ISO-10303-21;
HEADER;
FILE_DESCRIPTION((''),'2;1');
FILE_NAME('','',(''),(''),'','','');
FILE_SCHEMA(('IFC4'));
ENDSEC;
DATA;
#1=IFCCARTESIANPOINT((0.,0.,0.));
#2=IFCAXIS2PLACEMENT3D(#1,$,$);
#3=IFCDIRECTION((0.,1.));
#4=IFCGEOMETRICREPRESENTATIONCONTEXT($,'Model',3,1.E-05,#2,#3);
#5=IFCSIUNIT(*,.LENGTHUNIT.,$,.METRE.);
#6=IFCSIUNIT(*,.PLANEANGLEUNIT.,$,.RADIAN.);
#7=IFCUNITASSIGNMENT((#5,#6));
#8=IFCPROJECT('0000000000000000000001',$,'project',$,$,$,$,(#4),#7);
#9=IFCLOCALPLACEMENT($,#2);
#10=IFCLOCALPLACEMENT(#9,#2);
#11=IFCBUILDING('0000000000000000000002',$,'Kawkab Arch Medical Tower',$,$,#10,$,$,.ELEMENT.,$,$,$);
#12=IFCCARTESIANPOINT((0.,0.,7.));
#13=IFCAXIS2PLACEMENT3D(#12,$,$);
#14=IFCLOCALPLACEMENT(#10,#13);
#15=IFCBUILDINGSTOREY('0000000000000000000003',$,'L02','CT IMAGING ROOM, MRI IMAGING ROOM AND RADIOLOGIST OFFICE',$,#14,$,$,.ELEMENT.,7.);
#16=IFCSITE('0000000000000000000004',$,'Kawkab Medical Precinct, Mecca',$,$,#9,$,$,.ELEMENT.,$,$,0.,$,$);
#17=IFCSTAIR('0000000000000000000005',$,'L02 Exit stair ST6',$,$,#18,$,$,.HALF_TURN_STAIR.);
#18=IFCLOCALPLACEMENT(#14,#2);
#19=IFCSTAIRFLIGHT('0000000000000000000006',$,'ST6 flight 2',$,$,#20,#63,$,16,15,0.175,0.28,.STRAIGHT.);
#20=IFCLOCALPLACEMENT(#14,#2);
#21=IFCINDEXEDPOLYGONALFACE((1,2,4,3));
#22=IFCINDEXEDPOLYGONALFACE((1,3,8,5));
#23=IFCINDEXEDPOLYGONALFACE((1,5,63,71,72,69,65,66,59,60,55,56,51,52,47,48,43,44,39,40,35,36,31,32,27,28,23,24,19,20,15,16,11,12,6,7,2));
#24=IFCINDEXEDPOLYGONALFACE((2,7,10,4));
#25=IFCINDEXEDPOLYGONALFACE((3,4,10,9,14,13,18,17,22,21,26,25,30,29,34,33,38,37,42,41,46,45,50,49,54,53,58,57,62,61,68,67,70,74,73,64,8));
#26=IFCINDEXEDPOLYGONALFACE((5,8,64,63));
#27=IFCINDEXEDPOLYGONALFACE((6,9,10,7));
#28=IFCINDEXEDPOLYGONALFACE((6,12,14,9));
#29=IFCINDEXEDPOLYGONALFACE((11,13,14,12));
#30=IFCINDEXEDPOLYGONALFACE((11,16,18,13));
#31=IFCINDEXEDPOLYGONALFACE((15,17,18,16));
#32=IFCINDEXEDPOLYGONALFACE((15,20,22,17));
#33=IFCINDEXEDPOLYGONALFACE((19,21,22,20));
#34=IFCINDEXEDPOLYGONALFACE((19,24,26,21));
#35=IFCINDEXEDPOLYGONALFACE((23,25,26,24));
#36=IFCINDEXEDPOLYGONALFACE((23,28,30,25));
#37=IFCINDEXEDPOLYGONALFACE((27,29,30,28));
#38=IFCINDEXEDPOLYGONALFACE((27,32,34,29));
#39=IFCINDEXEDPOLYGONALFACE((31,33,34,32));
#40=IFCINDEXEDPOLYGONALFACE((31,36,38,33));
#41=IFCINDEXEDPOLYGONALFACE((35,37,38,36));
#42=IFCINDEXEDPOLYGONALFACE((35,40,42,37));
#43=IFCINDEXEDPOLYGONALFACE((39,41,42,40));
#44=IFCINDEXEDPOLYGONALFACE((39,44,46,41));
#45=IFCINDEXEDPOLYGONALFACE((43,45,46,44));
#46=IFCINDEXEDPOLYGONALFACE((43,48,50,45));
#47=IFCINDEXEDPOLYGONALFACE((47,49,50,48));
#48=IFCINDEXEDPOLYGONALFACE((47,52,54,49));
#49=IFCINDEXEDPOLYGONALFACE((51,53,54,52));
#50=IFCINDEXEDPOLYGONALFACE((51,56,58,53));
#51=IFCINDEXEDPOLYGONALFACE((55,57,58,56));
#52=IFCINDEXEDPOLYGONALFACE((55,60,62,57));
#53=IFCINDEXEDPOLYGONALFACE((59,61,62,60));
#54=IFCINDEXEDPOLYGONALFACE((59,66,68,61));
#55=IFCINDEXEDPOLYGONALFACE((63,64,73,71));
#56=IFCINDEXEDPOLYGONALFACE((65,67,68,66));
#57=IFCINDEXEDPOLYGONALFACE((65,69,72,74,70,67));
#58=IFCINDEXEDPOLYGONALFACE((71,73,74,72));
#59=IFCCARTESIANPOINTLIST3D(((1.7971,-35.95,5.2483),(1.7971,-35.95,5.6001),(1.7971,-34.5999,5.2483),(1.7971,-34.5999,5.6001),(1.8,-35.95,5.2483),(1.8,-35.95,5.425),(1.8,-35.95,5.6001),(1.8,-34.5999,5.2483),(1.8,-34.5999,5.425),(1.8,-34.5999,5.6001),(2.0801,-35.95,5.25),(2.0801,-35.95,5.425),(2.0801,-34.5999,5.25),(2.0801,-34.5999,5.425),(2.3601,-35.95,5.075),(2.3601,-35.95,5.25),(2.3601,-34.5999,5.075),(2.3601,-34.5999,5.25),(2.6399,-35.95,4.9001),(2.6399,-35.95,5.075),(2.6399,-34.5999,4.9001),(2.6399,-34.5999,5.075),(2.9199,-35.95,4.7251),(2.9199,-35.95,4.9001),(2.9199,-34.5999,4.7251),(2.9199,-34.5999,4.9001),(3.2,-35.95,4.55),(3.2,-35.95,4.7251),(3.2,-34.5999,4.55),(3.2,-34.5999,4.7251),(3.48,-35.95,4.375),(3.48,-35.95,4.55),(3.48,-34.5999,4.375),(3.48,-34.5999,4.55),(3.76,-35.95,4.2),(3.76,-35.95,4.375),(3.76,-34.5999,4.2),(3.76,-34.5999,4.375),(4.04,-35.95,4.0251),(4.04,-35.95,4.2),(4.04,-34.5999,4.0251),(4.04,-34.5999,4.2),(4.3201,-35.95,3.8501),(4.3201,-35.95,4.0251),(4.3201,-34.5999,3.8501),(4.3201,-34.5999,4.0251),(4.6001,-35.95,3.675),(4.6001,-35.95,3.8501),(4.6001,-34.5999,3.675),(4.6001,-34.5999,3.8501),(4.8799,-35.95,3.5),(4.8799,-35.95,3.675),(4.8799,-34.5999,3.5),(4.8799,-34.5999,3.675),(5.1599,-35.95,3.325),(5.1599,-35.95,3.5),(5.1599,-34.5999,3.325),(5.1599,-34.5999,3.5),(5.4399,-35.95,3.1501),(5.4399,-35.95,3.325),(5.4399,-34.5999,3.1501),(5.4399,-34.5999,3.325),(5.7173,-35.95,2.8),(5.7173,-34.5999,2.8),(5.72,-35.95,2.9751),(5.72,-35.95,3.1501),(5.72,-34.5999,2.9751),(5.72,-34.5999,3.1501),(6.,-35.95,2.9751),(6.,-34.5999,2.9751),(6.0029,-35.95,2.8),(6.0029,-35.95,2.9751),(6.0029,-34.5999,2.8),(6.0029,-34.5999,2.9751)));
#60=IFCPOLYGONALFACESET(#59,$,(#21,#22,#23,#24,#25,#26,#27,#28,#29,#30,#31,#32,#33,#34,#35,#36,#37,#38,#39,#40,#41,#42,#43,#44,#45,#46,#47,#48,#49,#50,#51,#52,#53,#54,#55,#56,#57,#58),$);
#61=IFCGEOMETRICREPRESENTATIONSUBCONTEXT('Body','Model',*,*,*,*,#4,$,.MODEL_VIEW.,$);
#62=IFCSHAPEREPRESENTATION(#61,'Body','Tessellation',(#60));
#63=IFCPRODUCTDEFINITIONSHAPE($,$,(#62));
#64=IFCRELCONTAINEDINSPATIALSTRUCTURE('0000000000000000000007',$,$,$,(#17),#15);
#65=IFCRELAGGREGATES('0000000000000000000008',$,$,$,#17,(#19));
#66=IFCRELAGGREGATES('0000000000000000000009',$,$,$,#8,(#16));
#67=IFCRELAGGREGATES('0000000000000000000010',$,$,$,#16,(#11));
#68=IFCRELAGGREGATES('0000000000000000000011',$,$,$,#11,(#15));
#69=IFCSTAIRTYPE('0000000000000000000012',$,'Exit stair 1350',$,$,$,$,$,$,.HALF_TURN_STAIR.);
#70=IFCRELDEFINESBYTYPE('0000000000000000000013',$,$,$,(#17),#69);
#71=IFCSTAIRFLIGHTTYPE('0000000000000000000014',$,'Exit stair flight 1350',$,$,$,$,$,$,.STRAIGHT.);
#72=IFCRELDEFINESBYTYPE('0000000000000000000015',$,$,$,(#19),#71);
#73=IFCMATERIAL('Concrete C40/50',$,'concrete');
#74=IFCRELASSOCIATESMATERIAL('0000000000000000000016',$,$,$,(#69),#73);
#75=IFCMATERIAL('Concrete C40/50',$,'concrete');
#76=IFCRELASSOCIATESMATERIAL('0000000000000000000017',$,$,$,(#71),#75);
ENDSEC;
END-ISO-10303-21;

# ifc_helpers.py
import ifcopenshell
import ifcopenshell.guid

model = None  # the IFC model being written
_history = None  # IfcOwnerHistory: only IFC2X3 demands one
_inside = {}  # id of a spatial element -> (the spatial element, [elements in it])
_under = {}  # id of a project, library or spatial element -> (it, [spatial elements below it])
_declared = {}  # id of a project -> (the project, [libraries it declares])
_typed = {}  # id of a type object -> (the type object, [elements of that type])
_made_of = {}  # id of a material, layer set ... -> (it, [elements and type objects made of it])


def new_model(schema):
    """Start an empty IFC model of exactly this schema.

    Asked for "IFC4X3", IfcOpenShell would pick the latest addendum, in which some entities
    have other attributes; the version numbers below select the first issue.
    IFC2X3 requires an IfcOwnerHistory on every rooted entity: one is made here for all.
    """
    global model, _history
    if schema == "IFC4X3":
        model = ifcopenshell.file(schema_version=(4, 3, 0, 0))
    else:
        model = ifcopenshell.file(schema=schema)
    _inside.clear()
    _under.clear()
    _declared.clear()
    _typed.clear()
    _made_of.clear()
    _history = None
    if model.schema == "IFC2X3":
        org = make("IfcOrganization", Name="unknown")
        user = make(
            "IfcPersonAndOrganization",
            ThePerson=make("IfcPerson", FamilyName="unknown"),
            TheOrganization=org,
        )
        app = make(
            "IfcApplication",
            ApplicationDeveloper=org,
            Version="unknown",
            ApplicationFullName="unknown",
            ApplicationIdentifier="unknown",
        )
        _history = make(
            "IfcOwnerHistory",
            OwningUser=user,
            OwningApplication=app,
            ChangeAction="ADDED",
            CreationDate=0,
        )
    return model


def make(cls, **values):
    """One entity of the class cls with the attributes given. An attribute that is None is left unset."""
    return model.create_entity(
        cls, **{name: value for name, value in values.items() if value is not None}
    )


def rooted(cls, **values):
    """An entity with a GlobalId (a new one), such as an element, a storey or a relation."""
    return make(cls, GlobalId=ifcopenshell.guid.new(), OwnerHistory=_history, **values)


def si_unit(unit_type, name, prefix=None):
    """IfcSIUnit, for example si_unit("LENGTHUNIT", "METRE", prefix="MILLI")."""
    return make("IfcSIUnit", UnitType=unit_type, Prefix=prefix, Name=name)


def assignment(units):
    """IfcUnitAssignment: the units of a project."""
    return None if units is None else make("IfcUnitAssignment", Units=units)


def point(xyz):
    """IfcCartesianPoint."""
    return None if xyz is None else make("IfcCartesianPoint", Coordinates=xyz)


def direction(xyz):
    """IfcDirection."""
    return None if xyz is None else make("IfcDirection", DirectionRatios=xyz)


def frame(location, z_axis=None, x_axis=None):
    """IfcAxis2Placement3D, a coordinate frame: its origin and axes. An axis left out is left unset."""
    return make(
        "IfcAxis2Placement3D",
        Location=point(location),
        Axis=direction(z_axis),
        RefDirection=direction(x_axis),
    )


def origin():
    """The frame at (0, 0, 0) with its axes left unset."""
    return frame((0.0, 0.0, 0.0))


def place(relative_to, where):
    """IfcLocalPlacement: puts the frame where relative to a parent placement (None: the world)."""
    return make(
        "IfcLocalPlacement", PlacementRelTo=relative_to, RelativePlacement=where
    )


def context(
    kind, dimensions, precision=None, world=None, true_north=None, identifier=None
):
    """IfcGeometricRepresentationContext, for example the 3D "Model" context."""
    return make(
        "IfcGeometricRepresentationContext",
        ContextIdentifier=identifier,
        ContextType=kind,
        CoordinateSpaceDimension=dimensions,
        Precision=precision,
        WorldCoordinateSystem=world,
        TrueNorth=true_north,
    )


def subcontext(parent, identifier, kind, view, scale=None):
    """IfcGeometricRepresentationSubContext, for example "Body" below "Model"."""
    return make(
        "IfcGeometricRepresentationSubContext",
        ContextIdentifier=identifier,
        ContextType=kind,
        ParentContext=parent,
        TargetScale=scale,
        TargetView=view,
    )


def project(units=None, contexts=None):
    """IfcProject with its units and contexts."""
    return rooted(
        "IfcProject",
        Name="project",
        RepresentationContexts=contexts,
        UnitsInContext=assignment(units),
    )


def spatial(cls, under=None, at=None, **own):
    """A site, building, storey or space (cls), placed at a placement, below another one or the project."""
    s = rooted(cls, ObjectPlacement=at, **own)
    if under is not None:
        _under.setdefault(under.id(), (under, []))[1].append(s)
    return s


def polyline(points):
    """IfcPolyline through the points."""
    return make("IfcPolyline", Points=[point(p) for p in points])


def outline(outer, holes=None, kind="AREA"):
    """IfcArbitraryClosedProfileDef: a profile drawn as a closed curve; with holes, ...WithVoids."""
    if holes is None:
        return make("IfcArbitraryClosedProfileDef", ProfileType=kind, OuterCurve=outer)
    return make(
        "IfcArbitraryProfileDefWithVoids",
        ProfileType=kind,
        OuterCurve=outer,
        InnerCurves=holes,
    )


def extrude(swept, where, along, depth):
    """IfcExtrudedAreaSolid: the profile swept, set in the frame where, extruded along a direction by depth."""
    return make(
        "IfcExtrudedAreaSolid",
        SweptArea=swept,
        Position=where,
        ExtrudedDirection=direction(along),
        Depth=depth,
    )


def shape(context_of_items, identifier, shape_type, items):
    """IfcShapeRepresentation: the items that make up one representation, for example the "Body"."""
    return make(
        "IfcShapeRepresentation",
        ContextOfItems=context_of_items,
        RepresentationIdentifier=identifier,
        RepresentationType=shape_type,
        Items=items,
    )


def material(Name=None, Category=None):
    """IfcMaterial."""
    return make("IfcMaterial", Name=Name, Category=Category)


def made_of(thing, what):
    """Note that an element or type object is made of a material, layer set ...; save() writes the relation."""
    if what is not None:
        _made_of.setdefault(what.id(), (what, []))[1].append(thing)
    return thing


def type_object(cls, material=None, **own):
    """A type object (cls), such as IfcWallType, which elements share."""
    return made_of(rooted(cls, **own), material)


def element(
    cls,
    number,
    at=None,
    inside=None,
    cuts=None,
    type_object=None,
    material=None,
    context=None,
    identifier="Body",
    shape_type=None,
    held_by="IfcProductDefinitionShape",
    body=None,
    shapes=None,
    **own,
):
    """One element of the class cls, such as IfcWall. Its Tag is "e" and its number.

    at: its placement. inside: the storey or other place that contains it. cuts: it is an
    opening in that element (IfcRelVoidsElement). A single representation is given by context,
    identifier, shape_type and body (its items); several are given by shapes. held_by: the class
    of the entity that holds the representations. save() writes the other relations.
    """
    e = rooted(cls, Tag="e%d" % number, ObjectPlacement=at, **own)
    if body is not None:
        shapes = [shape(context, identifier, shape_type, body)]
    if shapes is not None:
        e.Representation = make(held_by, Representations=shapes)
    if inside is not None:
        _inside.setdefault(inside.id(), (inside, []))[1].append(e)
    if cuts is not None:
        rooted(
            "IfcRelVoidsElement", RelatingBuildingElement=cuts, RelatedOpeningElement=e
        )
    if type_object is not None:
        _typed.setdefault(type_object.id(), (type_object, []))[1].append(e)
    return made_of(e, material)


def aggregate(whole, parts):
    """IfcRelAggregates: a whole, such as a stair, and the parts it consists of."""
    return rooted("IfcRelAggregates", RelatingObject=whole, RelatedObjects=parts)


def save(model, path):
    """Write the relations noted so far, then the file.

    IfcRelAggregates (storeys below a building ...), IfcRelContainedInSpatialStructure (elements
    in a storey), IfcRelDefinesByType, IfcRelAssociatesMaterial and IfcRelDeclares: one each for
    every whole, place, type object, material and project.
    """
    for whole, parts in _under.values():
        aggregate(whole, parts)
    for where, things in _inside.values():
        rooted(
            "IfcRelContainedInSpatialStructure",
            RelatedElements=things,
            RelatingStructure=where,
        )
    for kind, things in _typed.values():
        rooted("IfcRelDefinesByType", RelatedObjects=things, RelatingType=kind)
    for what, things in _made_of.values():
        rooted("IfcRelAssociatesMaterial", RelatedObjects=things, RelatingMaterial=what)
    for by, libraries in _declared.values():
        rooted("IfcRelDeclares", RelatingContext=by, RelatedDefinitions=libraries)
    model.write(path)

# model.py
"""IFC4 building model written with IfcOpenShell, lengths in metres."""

from ifc_helpers import new_model, si_unit, direction, frame, origin, place, context, subcontext, project, spatial, polyline, outline, extrude, material, type_object, element, aggregate, save


model = new_model("IFC4")

# Units and contexts
model_context = context("Model", 3, precision=1e-05, world=origin(), true_north=direction((0.0, 1.0)))
body_context = subcontext(model_context, "Body", "Model", "MODEL_VIEW")
ifc_project = project(units=[si_unit("LENGTHUNIT", "METRE"), si_unit("PLANEANGLEUNIT", "RADIAN")], contexts=[model_context])

# Site, building, storey
site_placement = place(None, origin())
site = spatial("IfcSite", under=ifc_project, at=site_placement, Name="Kawkab Medical Precinct, Mecca", CompositionType="ELEMENT", RefElevation=0.0)
building_placement = place(site_placement, origin())
building = spatial("IfcBuilding", under=site, at=building_placement, Name="Kawkab Arch Medical Tower", CompositionType="ELEMENT")
storey_placement = place(building_placement, frame((0.0, 0.0, 7.0)))
storey = spatial("IfcBuildingStorey", under=building, at=storey_placement, Name="L02", Description="CT IMAGING ROOM, MRI IMAGING ROOM AND RADIOLOGIST OFFICE", CompositionType="ELEMENT", Elevation=7.0)

# Stair, stair flight
ifc_material_1 = material(Name="Concrete C40/50", Category="concrete")
stair_type = type_object("IfcStairType", Name="Exit stair 1350", PredefinedType="HALF_TURN_STAIR", material=ifc_material_1)
stair_placement = place(storey_placement, origin())
stair = element("IfcStair", 1, at=stair_placement, inside=storey, type_object=stair_type, Name="L02 Exit stair ST6", PredefinedType="HALF_TURN_STAIR")
ifc_material_2 = material(Name="Concrete C40/50", Category="concrete")
stair_flight_type = type_object("IfcStairFlightType", Name="Exit stair flight 1350", PredefinedType="STRAIGHT", material=ifc_material_2)
stair_flight_1_placement = place(storey_placement, frame((6.0, -35.2749, 2.8), z_axis=(0.0, 0.0, 1.0), x_axis=(-1.0, 0.0, 0.0)))
stair_flight_1 = element("IfcStairFlight", 2, at=stair_flight_1_placement, type_object=stair_flight_type, Name="ST6 flight 2", NumberOfRisers=16, NumberOfTreads=15, PredefinedType="STRAIGHT", RiserHeight=0.175, TreadLength=0.28, context=body_context, shape_type="SweptSolid", body=[
    extrude(outline(polyline([(-0.0029, 0.0), (-0.0029, 0.175), (0.0, 0.175), (0.28, 0.175), (0.28, 0.3501), (0.5601, 0.3501), (0.5601, 0.5249), (0.8401, 0.5249), (0.8401, 0.7), (1.1201, 0.7), (1.1201, 0.875), (1.3999, 0.875), (1.3999, 1.05), (1.6799, 1.05), (1.6799, 1.2251), (1.96, 1.2251), (1.96, 1.3999), (2.24, 1.3999), (2.24, 1.575), (2.52, 1.575), (2.52, 1.75), (2.8, 1.75), (2.8, 1.925), (3.0801, 1.925), (3.0801, 2.1001), (3.3601, 2.1001), (3.3601, 2.2749), (3.6399, 2.2749), (3.6399, 2.45), (3.9199, 2.45), (3.9199, 2.625), (4.2, 2.625), (4.2, 2.8), (4.2029, 2.8), (4.2029, 2.4482), (4.2, 2.4482), (0.2827, 0.0), (-0.0029, 0.0)])), frame((0.0, 0.675, 0.0), z_axis=(0.0, -1.0, 0.0), x_axis=(1.0, 0.0, 0.0)), (0.0, 0.0, 1.0), 1.3501),
])
aggregate(stair, [stair_flight_1])

save(model, "model.ifc")
